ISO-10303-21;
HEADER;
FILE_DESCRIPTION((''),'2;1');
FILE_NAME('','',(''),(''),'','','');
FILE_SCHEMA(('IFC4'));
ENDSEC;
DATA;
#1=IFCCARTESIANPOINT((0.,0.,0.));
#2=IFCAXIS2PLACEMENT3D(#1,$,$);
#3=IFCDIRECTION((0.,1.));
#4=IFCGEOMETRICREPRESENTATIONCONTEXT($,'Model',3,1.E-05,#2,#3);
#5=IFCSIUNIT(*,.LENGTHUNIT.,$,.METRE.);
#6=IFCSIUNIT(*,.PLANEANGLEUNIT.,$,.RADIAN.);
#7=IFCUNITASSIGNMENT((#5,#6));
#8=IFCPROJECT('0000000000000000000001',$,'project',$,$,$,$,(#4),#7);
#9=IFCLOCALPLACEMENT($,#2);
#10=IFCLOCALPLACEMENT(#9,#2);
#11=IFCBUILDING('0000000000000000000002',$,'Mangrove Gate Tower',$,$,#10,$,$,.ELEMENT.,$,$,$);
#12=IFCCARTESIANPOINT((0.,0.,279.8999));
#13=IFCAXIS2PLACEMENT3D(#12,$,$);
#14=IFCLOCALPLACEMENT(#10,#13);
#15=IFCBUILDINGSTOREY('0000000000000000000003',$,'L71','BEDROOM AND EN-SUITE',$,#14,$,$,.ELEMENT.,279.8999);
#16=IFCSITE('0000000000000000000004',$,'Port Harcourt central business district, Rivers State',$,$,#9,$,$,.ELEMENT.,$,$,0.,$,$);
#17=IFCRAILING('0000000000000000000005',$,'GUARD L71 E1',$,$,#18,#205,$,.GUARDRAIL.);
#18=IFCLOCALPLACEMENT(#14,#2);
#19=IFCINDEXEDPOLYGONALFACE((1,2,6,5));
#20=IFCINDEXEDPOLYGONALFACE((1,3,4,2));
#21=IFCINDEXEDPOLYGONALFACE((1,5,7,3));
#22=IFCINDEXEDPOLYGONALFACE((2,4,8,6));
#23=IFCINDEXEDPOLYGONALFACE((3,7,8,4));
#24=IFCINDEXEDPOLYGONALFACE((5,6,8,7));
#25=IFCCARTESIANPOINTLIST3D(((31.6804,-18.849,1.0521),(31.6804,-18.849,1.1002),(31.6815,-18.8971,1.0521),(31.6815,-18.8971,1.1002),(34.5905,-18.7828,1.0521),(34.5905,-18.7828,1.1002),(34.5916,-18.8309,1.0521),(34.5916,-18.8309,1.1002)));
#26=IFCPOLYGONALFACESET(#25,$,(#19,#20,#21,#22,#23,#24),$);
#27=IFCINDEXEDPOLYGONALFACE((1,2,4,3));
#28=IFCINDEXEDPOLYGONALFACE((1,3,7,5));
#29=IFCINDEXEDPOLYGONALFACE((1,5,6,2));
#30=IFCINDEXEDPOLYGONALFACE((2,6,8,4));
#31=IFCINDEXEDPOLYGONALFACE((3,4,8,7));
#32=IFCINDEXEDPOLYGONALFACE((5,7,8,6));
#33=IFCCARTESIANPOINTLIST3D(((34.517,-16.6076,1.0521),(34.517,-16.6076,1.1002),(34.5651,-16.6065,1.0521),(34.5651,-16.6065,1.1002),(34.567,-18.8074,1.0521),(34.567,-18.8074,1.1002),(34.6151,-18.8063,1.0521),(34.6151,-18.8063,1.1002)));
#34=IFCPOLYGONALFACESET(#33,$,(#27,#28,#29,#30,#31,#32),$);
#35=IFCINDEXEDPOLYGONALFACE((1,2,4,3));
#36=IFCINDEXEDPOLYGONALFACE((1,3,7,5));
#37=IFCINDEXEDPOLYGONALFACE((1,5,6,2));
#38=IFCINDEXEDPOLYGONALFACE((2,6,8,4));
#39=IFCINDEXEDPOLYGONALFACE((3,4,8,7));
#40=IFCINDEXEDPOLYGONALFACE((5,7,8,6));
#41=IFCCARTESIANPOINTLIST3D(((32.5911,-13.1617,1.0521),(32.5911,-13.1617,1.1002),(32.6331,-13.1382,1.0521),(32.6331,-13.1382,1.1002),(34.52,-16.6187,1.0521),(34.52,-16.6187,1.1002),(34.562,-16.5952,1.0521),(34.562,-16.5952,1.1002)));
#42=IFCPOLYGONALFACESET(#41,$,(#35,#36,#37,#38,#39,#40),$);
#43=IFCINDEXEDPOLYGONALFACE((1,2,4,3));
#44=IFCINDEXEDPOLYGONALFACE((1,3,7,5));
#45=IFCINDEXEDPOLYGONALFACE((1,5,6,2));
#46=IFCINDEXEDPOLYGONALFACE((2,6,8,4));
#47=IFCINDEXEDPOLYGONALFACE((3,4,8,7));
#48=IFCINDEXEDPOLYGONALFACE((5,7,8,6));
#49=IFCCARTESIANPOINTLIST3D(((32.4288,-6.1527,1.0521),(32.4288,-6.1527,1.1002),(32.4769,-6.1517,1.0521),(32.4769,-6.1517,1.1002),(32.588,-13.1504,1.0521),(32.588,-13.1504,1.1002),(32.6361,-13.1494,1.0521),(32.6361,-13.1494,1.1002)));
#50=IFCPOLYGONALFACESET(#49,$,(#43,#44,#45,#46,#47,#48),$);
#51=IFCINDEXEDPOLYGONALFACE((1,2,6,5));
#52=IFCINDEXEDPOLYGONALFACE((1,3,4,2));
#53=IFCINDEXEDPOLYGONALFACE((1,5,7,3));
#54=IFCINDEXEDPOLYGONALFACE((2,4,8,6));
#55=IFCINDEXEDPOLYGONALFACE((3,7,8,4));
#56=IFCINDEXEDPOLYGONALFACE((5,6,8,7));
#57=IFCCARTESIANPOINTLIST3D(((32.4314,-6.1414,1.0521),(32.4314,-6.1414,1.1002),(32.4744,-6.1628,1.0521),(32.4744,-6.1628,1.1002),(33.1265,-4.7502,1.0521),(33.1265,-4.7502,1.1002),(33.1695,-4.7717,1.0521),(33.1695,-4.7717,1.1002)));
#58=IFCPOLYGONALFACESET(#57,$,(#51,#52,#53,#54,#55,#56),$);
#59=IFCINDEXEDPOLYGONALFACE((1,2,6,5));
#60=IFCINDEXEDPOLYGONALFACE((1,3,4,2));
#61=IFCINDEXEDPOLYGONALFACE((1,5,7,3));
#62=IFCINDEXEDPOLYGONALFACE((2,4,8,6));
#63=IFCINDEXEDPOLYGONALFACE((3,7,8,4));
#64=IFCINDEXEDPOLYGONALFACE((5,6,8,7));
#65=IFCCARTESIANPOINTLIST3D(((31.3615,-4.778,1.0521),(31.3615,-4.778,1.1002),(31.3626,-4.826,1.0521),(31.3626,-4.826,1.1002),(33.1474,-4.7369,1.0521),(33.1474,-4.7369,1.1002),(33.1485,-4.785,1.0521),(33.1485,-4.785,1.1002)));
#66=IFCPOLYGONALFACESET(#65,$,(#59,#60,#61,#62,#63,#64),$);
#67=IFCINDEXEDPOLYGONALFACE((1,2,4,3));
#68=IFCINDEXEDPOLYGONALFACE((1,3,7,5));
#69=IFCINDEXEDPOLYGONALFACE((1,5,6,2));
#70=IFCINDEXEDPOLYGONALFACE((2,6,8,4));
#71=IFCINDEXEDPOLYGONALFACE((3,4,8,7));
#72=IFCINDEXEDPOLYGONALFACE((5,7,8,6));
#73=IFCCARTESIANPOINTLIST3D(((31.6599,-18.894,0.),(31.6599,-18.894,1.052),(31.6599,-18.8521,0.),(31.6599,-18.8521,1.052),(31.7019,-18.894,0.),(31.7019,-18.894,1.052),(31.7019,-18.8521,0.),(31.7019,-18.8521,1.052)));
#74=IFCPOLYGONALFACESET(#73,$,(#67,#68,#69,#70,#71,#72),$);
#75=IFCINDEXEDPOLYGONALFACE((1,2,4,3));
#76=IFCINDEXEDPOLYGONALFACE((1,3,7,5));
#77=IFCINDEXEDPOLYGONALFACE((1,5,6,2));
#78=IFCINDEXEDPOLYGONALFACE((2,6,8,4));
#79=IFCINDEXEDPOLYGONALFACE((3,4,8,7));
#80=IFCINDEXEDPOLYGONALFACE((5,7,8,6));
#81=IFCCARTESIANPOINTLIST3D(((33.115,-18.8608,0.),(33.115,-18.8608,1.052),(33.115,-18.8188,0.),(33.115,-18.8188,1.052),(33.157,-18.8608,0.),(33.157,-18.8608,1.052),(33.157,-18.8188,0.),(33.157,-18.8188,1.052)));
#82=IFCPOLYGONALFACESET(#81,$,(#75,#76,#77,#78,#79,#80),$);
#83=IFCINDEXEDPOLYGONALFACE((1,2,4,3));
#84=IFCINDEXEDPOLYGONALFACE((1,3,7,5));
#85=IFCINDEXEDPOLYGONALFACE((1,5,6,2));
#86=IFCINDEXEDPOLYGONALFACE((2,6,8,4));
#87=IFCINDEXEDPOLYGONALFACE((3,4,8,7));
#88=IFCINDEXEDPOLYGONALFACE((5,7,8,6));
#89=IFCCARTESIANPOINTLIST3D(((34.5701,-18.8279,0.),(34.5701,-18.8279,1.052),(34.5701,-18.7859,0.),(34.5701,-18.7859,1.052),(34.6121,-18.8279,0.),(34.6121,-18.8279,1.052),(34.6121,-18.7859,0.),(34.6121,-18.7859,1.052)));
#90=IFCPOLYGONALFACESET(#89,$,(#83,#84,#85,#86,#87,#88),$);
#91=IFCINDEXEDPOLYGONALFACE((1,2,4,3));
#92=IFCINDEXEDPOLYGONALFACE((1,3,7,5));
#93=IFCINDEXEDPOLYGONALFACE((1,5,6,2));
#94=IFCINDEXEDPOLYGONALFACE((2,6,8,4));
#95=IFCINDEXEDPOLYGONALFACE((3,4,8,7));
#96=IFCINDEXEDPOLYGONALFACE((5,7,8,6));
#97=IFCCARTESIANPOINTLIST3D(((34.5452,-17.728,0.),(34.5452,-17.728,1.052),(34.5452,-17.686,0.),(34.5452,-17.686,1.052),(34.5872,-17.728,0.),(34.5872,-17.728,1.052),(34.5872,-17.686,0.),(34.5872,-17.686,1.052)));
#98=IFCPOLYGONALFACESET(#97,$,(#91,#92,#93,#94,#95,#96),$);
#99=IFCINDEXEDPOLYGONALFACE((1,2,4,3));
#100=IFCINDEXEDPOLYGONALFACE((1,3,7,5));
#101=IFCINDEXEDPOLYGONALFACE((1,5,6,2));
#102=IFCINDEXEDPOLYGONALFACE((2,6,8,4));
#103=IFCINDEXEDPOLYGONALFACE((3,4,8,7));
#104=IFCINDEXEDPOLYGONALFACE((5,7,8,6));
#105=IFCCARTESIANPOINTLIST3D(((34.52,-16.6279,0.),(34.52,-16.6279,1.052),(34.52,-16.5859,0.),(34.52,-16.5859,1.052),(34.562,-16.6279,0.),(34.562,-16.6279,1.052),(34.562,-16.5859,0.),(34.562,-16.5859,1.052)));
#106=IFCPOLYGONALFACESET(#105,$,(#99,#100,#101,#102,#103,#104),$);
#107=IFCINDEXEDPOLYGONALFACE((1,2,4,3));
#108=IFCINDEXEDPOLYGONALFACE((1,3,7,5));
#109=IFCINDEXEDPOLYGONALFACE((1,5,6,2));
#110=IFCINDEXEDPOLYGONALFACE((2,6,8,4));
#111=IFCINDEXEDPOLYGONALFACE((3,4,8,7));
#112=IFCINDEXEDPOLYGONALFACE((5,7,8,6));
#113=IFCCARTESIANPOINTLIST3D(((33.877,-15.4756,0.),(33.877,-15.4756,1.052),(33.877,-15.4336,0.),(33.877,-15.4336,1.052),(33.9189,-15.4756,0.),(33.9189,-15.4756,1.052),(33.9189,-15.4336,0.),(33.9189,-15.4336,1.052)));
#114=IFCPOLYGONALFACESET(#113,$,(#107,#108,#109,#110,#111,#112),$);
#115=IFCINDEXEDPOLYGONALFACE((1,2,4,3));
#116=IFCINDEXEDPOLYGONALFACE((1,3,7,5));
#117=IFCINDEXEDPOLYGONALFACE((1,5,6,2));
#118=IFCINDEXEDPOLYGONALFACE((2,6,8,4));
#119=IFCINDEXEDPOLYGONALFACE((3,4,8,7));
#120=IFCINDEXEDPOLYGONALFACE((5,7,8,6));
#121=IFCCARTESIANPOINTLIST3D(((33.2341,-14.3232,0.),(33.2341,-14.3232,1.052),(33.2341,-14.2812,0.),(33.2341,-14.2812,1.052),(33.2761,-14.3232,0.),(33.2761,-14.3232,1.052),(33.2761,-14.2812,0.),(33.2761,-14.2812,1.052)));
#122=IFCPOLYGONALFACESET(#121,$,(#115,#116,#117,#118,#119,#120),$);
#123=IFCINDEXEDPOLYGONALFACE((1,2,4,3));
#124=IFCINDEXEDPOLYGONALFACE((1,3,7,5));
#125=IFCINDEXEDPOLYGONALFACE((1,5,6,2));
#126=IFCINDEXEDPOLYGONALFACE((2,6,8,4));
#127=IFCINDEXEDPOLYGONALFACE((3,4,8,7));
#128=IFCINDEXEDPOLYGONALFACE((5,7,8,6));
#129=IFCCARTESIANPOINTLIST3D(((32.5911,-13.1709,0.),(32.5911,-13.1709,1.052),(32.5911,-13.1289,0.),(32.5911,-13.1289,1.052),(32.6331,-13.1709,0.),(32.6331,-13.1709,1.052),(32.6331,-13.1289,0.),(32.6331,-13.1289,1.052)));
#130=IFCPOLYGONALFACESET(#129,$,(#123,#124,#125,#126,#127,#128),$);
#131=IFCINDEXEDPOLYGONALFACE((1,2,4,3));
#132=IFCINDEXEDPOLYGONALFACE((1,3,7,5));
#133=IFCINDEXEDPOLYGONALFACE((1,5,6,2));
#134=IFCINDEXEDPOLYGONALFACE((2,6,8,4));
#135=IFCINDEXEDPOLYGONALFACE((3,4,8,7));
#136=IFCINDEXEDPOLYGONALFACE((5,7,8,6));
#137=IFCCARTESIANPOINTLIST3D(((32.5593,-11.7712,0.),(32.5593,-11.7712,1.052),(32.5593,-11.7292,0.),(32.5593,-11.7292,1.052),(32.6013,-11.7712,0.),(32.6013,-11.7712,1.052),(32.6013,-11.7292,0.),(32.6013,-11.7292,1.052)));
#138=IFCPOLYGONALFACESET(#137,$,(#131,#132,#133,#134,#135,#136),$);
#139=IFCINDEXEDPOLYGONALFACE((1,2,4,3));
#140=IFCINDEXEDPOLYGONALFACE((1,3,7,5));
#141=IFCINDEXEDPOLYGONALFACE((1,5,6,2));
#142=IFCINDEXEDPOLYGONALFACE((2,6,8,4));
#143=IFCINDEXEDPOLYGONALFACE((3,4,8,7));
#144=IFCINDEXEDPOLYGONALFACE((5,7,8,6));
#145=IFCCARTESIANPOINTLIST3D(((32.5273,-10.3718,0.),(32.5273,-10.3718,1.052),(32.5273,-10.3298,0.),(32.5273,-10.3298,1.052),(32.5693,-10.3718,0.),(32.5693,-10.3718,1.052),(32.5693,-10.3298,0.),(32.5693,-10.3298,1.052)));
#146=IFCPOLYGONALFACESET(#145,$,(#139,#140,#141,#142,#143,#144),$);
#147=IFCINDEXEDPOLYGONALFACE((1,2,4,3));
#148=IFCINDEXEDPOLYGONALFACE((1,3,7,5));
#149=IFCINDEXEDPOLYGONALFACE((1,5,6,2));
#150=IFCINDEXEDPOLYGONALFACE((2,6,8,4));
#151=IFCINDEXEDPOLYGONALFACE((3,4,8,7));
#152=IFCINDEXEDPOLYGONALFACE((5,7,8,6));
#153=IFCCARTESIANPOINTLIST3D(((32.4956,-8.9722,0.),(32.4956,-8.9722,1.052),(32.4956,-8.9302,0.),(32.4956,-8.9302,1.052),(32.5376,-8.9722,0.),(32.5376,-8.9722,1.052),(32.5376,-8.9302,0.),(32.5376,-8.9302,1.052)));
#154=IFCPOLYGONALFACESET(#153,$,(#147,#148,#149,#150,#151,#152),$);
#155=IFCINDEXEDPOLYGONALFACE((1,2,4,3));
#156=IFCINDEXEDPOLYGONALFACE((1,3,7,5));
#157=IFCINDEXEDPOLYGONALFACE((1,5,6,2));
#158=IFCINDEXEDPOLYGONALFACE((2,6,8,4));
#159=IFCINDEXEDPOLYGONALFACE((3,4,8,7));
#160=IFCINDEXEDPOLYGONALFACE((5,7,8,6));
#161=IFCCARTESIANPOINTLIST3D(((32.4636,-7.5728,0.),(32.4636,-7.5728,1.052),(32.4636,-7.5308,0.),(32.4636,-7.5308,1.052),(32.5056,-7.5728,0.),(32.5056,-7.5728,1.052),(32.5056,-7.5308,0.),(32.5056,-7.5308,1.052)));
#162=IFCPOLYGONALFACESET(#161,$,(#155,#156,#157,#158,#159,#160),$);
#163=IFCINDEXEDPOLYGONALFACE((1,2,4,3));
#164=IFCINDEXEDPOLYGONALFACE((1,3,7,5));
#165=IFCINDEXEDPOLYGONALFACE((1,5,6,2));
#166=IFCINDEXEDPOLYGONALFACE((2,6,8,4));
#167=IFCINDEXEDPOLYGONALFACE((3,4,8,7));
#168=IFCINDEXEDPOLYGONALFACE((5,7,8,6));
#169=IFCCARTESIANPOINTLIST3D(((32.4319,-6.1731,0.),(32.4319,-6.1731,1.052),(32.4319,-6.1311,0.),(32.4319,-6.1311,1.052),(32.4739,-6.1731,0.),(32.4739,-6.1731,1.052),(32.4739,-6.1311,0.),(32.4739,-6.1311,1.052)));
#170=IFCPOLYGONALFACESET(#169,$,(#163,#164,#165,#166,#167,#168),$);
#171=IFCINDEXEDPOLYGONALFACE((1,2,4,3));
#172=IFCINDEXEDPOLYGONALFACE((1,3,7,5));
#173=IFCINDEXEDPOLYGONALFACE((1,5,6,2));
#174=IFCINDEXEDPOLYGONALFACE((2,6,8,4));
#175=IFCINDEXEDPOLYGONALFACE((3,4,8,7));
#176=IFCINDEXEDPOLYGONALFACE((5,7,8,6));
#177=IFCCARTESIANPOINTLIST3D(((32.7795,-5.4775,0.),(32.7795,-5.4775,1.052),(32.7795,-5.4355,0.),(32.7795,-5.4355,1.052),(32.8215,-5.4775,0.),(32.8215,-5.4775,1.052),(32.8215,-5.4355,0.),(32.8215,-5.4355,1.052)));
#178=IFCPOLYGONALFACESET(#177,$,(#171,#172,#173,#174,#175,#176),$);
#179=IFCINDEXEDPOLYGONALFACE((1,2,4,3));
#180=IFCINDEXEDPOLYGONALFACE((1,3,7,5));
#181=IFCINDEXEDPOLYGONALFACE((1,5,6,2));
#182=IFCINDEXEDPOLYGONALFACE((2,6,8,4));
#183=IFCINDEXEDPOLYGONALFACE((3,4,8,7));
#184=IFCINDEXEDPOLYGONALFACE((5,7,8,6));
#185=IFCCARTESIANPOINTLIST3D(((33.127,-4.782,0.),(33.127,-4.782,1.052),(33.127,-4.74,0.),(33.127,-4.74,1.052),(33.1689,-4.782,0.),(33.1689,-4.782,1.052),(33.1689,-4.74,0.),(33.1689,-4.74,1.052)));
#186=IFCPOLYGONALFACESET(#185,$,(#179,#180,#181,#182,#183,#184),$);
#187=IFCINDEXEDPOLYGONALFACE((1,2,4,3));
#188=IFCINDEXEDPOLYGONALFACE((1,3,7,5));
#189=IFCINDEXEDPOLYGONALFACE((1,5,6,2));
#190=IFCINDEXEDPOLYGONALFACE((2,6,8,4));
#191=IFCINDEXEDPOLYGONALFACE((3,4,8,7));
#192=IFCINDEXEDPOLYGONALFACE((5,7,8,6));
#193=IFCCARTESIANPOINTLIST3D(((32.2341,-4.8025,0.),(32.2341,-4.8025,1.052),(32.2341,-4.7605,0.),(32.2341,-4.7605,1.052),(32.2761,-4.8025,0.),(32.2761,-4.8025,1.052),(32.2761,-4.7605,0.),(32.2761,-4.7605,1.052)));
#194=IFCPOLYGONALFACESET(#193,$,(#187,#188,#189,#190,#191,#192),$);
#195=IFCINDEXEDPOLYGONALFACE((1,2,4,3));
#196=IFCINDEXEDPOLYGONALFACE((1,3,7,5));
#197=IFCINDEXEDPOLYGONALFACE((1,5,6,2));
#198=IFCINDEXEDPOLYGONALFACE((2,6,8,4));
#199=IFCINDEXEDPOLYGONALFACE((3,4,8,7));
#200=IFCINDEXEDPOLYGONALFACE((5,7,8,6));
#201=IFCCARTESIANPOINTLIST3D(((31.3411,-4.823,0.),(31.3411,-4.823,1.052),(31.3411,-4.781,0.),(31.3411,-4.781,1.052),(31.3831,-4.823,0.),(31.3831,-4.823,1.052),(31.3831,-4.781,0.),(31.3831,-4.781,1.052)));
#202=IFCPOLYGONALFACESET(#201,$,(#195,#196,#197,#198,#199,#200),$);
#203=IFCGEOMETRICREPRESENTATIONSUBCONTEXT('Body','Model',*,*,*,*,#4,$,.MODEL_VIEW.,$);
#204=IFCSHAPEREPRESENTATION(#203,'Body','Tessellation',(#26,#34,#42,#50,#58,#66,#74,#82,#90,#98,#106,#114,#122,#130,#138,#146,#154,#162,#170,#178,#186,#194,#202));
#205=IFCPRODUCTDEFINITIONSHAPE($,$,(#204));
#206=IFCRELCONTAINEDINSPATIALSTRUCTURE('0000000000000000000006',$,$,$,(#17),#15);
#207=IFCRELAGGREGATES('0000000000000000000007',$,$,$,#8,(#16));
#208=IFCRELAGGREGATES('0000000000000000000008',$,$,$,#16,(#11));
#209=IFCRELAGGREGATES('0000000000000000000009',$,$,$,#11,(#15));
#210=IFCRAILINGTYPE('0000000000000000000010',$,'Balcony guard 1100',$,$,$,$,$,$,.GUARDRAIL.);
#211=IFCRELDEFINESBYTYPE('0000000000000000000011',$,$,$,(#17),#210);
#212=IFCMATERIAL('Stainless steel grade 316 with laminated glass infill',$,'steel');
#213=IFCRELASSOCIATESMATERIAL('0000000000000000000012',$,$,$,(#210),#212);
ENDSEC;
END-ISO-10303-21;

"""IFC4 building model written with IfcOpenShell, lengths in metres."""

from ifc_helpers import new_model, si_unit, direction, frame, origin, origin_2d, place, context, subcontext, project, spatial, rectangle, extrude, material, type_object, element, save


model = new_model("IFC4")

# Units and contexts
model_context = context("Model", 3, precision=1e-05, world=origin(), true_north=direction((0.0, 1.0)))
body_context = subcontext(model_context, "Body", "Model", "MODEL_VIEW")
ifc_project = project(units=[si_unit("LENGTHUNIT", "METRE"), si_unit("PLANEANGLEUNIT", "RADIAN")], contexts=[model_context])

# Site, building, storey
site_placement = place(None, origin())
site = spatial("IfcSite", under=ifc_project, at=site_placement, Name="Port Harcourt central business district, Rivers State", CompositionType="ELEMENT", RefElevation=0.0)
building_placement = place(site_placement, origin())
building = spatial("IfcBuilding", under=site, at=building_placement, Name="Mangrove Gate Tower", CompositionType="ELEMENT")
storey_placement = place(building_placement, frame((0.0, 0.0, 279.8999)))
storey = spatial("IfcBuildingStorey", under=building, at=storey_placement, Name="L71", Description="BEDROOM AND EN-SUITE", CompositionType="ELEMENT", Elevation=279.8999)

# Railing
ifc_material_1 = material(Name="Stainless steel grade 316 with laminated glass infill", Category="steel")
railing_type = type_object("IfcRailingType", Name="Balcony guard 1100", PredefinedType="GUARDRAIL", material=ifc_material_1)
railing_placement = place(storey_placement, frame((31.6809, -18.873, 0.0)))
element("IfcRailing", 1, at=railing_placement, inside=storey, type_object=railing_type, Name="GUARD L71 E1", PredefinedType="GUARDRAIL", context=body_context, shape_type="SweptSolid", body=[
    extrude(rectangle(XDim=0.0481, YDim=0.0481, at=origin_2d()), frame((0.0, 0.0, 1.0762), z_axis=(0.999742, 0.022729, 0.0), x_axis=(-0.022729, 0.999742, 0.0)), (0.0, 0.0, 1.0), 2.9109),
    extrude(rectangle(XDim=0.0481, YDim=0.0481, at=origin_2d()), frame((2.9102, 0.0662, 1.0762), z_axis=(-0.022744, 0.999741, 0.0), x_axis=(-0.999741, -0.022744, 0.0)), (0.0, 0.0, 1.0), 2.2004),
    extrude(rectangle(XDim=0.0481, YDim=0.0481, at=origin_2d()), frame((2.8601, 2.2661, 1.0762), z_axis=(-0.48726, 0.873257, 0.0), x_axis=(-0.873257, -0.48726, 0.0)), (0.0, 0.0, 1.0), 3.9587),
    extrude(rectangle(XDim=0.0481, YDim=0.0481, at=origin_2d()), frame((0.9312, 5.7231, 1.0762), z_axis=(-0.022741, 0.999741, 0.0), x_axis=(-0.999741, -0.022741, 0.0)), (0.0, 0.0, 1.0), 6.9995),
    extrude(rectangle(XDim=0.0481, YDim=0.0481, at=origin_2d()), frame((0.772, 12.7209, 1.0762), z_axis=(0.446962, 0.894553, 0.0), x_axis=(-0.894553, 0.446962, 0.0)), (0.0, 0.0, 1.0), 1.5552),
    extrude(rectangle(XDim=0.0481, YDim=0.0481, at=origin_2d()), frame((1.467, 14.1121, 1.0762), z_axis=(-0.999736, -0.02296, 0.0), x_axis=(0.02296, -0.999736, 0.0)), (0.0, 0.0, 1.0), 1.7864),
    extrude(rectangle(XDim=0.042, YDim=0.042, at=origin_2d()), origin(), (0.0, 0.0, 1.0), 1.052),
    extrude(rectangle(XDim=0.042, YDim=0.042, at=origin_2d()), frame((1.4551, 0.0332, 0.0)), (0.0, 0.0, 1.0), 1.052),
    extrude(rectangle(XDim=0.042, YDim=0.042, at=origin_2d()), frame((2.9102, 0.0662, 0.0)), (0.0, 0.0, 1.0), 1.052),
    extrude(rectangle(XDim=0.042, YDim=0.042, at=origin_2d()), frame((2.8853, 1.166, 0.0)), (0.0, 0.0, 1.0), 1.052),
    extrude(rectangle(XDim=0.042, YDim=0.042, at=origin_2d()), frame((2.8601, 2.2661, 0.0)), (0.0, 0.0, 1.0), 1.052),
    extrude(rectangle(XDim=0.042, YDim=0.042, at=origin_2d()), frame((2.217, 3.4185, 0.0)), (0.0, 0.0, 1.0), 1.052),
    extrude(rectangle(XDim=0.042, YDim=0.042, at=origin_2d()), frame((1.5742, 4.5708, 0.0)), (0.0, 0.0, 1.0), 1.052),
    extrude(rectangle(XDim=0.042, YDim=0.042, at=origin_2d()), frame((0.9312, 5.7231, 0.0)), (0.0, 0.0, 1.0), 1.052),
    extrude(rectangle(XDim=0.042, YDim=0.042, at=origin_2d()), frame((0.8994, 7.1228, 0.0)), (0.0, 0.0, 1.0), 1.052),
    extrude(rectangle(XDim=0.042, YDim=0.042, at=origin_2d()), frame((0.8674, 8.5222, 0.0)), (0.0, 0.0, 1.0), 1.052),
    extrude(rectangle(XDim=0.042, YDim=0.042, at=origin_2d()), frame((0.8357, 9.9219, 0.0)), (0.0, 0.0, 1.0), 1.052),
    extrude(rectangle(XDim=0.042, YDim=0.042, at=origin_2d()), frame((0.8037, 11.3213, 0.0)), (0.0, 0.0, 1.0), 1.052),
    extrude(rectangle(XDim=0.042, YDim=0.042, at=origin_2d()), frame((0.772, 12.7209, 0.0)), (0.0, 0.0, 1.0), 1.052),
    extrude(rectangle(XDim=0.042, YDim=0.042, at=origin_2d()), frame((1.1196, 13.4165, 0.0)), (0.0, 0.0, 1.0), 1.052),
    extrude(rectangle(XDim=0.042, YDim=0.042, at=origin_2d()), frame((1.467, 14.1121, 0.0)), (0.0, 0.0, 1.0), 1.052),
    extrude(rectangle(XDim=0.042, YDim=0.042, at=origin_2d()), frame((0.5742, 14.0916, 0.0)), (0.0, 0.0, 1.0), 1.052),
    extrude(rectangle(XDim=0.042, YDim=0.042, at=origin_2d()), frame((-0.3188, 14.071, 0.0)), (0.0, 0.0, 1.0), 1.052),
])

save(model, "model.ifc")
